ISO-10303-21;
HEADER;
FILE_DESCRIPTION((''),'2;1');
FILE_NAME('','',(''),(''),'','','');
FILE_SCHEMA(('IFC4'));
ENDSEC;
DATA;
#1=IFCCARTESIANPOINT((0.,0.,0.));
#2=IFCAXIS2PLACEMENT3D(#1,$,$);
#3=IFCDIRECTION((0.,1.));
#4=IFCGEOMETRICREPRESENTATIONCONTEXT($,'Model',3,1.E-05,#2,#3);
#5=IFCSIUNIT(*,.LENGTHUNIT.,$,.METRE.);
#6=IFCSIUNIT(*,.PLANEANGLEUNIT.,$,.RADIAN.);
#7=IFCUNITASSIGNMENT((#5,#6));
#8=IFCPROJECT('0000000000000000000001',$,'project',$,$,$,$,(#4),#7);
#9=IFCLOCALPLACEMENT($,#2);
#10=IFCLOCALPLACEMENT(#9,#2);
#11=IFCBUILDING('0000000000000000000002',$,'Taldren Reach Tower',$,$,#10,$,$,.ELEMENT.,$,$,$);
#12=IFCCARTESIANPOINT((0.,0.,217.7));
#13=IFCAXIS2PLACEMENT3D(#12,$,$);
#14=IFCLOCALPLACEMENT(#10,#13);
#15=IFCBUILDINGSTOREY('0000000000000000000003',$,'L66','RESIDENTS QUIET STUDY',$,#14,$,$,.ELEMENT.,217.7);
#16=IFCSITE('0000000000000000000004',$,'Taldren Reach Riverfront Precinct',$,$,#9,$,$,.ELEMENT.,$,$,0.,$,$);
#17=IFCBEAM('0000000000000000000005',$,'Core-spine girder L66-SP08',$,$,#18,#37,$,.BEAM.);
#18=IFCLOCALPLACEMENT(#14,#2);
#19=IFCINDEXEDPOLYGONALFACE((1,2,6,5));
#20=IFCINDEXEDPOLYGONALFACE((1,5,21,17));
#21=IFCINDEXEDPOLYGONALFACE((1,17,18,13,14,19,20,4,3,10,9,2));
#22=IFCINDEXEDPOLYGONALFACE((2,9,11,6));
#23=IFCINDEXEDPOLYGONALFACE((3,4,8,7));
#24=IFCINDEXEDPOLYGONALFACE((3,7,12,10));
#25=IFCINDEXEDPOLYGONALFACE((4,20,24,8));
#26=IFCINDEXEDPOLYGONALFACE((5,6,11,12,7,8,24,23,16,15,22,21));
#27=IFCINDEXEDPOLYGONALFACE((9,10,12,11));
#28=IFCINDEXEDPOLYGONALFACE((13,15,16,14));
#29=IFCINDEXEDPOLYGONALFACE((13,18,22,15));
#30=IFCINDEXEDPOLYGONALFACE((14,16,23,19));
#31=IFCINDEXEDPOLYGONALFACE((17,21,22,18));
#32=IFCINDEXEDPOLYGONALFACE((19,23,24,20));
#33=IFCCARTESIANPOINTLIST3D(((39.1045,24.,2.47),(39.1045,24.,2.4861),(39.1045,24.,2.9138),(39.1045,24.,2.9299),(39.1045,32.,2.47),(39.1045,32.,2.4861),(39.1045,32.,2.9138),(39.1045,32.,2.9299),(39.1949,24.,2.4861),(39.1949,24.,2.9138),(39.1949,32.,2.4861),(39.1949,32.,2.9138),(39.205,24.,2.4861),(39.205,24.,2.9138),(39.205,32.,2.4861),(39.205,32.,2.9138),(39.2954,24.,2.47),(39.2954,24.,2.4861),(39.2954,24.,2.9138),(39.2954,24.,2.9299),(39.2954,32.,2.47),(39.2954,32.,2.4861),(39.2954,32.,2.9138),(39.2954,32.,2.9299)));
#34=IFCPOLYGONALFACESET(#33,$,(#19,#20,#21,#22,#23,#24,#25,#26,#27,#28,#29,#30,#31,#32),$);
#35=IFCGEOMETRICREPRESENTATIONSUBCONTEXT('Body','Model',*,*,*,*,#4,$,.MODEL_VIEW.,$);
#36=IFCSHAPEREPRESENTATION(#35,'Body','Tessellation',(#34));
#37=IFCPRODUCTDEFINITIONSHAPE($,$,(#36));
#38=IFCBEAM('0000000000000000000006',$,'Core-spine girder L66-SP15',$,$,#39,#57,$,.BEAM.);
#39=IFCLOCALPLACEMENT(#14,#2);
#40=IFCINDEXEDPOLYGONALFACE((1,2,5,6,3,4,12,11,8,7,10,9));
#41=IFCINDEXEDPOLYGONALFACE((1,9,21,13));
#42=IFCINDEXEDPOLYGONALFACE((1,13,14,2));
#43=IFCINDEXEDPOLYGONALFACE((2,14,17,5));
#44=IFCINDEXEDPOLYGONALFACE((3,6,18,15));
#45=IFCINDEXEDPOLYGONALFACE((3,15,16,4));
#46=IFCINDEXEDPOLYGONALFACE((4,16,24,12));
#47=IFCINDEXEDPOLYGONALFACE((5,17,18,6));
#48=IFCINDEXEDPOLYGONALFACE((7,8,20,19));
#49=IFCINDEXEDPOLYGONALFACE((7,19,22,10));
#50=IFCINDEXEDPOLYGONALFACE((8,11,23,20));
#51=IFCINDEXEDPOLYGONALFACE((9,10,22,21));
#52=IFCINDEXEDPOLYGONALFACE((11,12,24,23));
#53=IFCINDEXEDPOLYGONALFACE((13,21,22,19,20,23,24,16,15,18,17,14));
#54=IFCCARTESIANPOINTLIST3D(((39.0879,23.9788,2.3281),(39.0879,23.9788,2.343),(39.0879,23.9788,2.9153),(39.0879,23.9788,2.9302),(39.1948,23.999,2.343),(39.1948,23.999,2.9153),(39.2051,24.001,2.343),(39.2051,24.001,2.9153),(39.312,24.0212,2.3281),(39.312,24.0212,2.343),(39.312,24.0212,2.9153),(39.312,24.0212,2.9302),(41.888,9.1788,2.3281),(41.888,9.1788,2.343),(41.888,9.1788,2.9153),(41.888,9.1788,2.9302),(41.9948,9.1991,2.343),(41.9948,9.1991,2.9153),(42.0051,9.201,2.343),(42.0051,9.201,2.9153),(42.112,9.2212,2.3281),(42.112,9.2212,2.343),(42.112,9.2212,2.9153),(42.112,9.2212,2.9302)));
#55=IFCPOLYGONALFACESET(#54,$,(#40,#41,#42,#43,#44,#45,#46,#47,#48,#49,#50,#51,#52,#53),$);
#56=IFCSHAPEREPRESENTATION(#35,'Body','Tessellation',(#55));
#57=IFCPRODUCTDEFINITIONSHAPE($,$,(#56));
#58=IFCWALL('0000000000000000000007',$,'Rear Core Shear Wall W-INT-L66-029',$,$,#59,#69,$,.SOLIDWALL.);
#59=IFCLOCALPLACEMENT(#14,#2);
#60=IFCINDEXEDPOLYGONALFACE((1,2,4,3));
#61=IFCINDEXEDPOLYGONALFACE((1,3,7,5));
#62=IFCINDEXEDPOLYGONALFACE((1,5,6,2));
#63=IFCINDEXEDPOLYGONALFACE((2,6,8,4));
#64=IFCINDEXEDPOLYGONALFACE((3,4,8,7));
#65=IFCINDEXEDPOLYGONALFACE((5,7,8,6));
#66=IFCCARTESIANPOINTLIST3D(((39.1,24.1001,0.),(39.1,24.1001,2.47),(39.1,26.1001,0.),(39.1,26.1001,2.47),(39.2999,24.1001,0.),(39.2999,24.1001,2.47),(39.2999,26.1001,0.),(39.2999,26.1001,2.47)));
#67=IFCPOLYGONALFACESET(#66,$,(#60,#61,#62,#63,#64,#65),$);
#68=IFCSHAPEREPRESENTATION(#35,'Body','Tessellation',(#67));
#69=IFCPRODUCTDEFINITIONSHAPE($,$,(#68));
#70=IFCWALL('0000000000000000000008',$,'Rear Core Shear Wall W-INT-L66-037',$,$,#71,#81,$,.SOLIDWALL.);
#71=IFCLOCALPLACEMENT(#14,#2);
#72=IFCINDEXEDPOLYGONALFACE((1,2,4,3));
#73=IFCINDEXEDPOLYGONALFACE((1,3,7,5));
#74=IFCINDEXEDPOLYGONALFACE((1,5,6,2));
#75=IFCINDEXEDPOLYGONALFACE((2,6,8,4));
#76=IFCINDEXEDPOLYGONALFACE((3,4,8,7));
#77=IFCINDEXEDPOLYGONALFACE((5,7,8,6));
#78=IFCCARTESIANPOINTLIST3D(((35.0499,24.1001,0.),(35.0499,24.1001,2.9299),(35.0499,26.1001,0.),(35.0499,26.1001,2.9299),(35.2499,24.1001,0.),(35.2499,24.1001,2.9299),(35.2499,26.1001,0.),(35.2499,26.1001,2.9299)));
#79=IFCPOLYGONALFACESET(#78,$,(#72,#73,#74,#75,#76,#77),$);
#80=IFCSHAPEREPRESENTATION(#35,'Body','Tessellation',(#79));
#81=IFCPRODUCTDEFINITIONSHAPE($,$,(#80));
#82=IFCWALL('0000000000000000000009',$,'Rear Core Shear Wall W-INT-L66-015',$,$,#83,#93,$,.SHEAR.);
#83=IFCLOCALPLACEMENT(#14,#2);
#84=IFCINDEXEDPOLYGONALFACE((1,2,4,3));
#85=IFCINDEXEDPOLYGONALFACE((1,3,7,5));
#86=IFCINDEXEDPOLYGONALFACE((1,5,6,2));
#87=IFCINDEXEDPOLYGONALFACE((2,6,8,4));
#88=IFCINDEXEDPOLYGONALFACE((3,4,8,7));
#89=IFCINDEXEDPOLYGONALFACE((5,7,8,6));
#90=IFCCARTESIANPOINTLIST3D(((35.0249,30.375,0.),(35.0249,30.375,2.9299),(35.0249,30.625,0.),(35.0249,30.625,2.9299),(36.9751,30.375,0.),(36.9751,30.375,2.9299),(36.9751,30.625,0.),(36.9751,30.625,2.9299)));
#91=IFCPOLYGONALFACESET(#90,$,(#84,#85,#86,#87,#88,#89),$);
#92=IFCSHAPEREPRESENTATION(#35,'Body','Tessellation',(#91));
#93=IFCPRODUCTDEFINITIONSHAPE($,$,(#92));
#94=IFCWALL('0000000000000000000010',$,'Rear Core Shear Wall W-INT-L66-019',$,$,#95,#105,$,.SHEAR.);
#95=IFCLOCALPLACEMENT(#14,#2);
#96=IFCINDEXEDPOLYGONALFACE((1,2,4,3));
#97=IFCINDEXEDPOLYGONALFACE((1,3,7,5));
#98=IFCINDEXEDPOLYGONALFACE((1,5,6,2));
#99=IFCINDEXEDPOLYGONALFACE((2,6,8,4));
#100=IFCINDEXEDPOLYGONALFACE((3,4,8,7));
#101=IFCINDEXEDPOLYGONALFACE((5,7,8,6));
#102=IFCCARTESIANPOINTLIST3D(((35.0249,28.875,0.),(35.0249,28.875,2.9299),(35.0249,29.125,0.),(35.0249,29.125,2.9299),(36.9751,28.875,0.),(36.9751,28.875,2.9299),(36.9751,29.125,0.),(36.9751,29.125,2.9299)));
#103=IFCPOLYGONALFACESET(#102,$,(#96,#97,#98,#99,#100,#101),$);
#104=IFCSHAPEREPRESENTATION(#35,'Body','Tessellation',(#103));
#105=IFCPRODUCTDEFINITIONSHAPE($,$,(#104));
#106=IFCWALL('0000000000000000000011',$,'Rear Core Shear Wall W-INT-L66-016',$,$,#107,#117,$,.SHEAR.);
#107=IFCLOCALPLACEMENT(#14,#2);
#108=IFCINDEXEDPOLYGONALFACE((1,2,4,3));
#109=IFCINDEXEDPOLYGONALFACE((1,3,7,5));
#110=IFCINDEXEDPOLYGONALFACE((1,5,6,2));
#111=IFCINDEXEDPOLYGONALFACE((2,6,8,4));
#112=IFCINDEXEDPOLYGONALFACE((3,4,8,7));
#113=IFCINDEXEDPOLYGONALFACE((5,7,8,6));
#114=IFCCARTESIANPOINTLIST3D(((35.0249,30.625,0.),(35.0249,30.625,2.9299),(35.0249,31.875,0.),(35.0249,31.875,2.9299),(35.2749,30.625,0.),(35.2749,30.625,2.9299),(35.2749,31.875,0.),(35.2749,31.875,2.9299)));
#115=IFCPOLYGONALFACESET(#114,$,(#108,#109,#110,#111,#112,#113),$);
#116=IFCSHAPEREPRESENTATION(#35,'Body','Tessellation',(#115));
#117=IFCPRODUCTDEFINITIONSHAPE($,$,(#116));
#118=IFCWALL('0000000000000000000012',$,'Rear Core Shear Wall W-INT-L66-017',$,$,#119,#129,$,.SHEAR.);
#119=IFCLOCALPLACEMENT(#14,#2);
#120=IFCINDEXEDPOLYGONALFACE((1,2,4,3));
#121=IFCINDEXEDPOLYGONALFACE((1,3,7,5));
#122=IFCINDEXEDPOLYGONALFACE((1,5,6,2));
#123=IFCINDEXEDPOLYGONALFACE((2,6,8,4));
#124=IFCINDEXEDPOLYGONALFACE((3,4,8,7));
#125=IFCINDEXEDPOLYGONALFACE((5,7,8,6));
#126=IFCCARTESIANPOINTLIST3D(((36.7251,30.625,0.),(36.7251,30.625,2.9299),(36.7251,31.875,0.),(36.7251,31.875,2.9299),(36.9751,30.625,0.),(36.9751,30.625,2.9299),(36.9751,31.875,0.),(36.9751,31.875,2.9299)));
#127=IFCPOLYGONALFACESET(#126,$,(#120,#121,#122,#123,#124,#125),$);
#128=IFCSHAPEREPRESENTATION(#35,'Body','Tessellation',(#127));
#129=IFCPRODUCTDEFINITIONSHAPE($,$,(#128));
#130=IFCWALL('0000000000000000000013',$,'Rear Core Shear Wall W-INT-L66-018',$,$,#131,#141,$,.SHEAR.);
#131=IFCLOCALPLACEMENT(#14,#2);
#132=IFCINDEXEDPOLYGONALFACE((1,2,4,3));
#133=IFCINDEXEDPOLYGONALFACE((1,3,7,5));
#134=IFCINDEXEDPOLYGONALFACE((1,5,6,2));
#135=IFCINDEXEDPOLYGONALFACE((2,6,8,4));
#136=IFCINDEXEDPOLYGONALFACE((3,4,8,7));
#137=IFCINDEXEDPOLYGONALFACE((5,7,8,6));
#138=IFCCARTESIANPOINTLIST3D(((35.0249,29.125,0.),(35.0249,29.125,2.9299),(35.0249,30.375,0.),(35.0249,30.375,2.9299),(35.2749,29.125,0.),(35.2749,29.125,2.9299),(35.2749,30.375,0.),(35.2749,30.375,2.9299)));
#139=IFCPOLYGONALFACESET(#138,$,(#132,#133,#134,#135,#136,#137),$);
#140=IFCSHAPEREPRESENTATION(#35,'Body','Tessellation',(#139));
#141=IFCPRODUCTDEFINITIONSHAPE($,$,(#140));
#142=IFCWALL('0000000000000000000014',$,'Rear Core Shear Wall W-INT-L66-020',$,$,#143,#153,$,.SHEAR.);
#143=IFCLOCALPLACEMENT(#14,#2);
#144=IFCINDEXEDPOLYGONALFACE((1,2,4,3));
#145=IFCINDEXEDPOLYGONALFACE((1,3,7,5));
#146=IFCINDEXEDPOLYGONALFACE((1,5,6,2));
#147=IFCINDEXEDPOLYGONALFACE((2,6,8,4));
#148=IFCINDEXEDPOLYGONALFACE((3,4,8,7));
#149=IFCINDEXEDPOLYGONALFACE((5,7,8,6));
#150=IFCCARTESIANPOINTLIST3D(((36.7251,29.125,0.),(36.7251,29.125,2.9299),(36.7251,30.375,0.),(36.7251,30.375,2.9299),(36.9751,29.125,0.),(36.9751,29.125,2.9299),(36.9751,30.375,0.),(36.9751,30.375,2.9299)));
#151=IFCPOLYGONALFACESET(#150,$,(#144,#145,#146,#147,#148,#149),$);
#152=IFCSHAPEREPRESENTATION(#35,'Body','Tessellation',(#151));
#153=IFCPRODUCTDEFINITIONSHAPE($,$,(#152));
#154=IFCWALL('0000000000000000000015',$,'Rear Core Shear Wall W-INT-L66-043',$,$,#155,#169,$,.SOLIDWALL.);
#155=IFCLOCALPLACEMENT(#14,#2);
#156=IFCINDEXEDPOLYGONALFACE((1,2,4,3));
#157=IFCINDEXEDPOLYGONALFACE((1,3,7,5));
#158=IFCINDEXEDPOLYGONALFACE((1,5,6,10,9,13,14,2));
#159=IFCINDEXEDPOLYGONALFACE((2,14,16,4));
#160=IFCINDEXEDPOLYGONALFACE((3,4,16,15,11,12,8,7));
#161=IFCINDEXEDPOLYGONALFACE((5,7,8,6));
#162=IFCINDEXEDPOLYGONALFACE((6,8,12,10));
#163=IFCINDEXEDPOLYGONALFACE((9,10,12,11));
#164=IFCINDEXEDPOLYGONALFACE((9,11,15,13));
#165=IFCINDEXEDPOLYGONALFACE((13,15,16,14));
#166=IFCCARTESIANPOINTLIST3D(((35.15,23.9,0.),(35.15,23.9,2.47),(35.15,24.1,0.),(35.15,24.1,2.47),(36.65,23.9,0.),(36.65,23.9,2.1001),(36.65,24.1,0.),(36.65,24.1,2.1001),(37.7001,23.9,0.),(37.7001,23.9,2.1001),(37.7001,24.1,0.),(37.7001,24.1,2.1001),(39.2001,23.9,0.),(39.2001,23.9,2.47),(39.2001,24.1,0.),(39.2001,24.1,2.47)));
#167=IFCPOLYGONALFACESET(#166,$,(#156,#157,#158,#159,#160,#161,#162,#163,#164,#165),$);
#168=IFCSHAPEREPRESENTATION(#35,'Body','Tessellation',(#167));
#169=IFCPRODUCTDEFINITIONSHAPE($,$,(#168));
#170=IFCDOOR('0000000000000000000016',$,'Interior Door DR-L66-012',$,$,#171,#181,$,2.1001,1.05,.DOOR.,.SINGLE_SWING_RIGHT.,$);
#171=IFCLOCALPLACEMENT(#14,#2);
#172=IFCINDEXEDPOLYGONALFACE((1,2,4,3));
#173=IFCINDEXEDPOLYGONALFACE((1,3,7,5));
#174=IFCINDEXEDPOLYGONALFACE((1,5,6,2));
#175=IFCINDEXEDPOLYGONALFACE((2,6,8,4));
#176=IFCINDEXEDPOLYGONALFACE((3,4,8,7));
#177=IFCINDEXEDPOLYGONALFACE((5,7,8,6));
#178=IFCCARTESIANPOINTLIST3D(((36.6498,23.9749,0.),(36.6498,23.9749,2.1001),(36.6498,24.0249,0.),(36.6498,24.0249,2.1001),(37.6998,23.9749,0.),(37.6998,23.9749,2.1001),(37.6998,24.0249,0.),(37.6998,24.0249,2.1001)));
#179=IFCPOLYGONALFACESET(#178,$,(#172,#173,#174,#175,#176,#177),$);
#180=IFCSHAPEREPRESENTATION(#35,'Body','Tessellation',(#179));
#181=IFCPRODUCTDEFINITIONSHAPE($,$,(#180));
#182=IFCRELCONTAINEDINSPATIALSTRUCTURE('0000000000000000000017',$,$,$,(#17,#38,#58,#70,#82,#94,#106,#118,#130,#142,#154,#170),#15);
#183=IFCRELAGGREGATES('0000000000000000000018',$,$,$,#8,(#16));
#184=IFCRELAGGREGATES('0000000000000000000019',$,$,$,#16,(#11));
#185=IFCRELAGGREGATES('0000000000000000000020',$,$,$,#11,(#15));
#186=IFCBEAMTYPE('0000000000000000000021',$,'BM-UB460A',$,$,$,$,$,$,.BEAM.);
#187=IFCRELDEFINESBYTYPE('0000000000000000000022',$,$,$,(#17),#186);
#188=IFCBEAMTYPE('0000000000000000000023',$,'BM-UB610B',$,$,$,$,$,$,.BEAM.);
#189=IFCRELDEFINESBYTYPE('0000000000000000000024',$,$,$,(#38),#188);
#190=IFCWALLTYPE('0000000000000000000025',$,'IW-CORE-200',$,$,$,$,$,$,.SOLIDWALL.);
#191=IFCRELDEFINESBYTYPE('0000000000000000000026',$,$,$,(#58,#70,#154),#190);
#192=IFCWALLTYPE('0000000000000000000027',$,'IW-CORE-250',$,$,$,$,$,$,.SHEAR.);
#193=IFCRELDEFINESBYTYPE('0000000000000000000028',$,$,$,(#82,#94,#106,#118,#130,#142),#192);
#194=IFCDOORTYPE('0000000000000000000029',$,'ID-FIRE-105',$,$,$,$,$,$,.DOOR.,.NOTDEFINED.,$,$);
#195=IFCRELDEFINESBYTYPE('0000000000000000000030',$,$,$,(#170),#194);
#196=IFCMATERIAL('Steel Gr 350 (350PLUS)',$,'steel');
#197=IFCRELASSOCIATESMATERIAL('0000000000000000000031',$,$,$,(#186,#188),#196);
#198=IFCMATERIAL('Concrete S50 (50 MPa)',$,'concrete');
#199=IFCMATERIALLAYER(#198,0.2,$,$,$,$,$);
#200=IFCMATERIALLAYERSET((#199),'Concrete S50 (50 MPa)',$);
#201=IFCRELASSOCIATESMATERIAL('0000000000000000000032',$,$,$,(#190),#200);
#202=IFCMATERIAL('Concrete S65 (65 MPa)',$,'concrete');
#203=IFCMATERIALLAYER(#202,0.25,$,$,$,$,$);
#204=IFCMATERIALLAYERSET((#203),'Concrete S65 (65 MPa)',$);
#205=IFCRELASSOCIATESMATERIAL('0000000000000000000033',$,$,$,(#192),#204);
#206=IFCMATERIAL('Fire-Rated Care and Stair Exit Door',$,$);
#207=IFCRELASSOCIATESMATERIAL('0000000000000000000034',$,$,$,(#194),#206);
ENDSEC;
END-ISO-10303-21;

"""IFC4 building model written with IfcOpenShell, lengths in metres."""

from ifc_helpers import new_model, si_unit, direction, frame, frame_2d, origin, origin_2d, place, context, subcontext, project, spatial, rectangle, i_section, extrude, source, transform, mapped, material, layer, layer_set, material_profile, profile_set, type_object, element, fill, save


model = new_model("IFC4")

# Units and contexts
model_context = context("Model", 3, precision=1e-05, world=origin(), true_north=direction((0.0, 1.0)))
body_context = subcontext(model_context, "Body", "Model", "MODEL_VIEW")
ifc_project = project(units=[si_unit("LENGTHUNIT", "METRE"), si_unit("PLANEANGLEUNIT", "RADIAN")], contexts=[model_context])

# Site, building, storey
site_placement = place(None, origin())
site = spatial("IfcSite", under=ifc_project, at=site_placement, Name="Taldren Reach Riverfront Precinct", CompositionType="ELEMENT", RefElevation=0.0)
building_placement = place(site_placement, origin())
building = spatial("IfcBuilding", under=site, at=building_placement, Name="Taldren Reach Tower", CompositionType="ELEMENT")
storey_placement = place(building_placement, frame((0.0, 0.0, 217.7)))
storey = spatial("IfcBuildingStorey", under=building, at=storey_placement, Name="L66", Description="RESIDENTS QUIET STUDY", CompositionType="ELEMENT", Elevation=217.7)

# Beams
ifc_material_1 = material(Name="Steel Gr 350 (350PLUS)", Category="steel")
ifc_material_profile_1 = material_profile(ifc_material_1, i_section(OverallWidth=0.1909, OverallDepth=0.46, WebThickness=0.01, FlangeThickness=0.0161, at=origin_2d()), Name="460UB82.1")
ifc_profile_set_1 = profile_set([ifc_material_profile_1], Name="Steel Gr 350 (350PLUS)")
beam_type_1 = type_object("IfcBeamType", Name="BM-UB460A", PredefinedType="BEAM", material=ifc_profile_set_1)
shared_shape_1 = source(origin(), body_context, "Body", "SweptSolid", [
    extrude(i_section(OverallWidth=0.1909, OverallDepth=0.46, WebThickness=0.01, FlangeThickness=0.0161, at=origin_2d()), origin(), (0.0, 0.0, 1.0), 8.0),
])
beam_1_placement = place(storey_placement, frame((39.2, 24.0, 2.7), z_axis=(0.0, 1.0, 0.0), x_axis=(-1.0, 0.0, 0.0)))
element("IfcBeam", 1, at=beam_1_placement, inside=storey, type_object=beam_type_1, Name="Core-spine girder L66-SP08", PredefinedType="BEAM", context=body_context, shape_type="MappedRepresentation", body=[
    mapped(shared_shape_1, transform((0.0, 0.0, 0.0), scale=1.0)),
])
ifc_material_profile_2 = material_profile(ifc_material_1, i_section(OverallWidth=0.228, OverallDepth=0.6021, WebThickness=0.0105, FlangeThickness=0.0149, at=origin_2d()), Name="610UB101")
ifc_profile_set_2 = profile_set([ifc_material_profile_2], Name="Steel Gr 350 (350PLUS)")
beam_type_2 = type_object("IfcBeamType", Name="BM-UB610B", PredefinedType="BEAM", material=ifc_profile_set_2)
shared_shape_2 = source(origin(), body_context, "Body", "SweptSolid", [
    extrude(i_section(OverallWidth=0.228, OverallDepth=0.6021, WebThickness=0.0105, FlangeThickness=0.0149, at=origin_2d()), origin(), (0.0, 0.0, 1.0), 15.0625),
])
beam_2_placement = place(storey_placement, frame((39.2, 24.0, 2.6292), z_axis=(0.185894, -0.98257, 0.0), x_axis=(0.98257, 0.185894, 0.0)))
element("IfcBeam", 2, at=beam_2_placement, inside=storey, type_object=beam_type_2, Name="Core-spine girder L66-SP15", PredefinedType="BEAM", context=body_context, shape_type="MappedRepresentation", body=[
    mapped(shared_shape_2, transform((0.0, 0.0, 0.0), scale=1.0)),
])

# Walls
ifc_material_2 = material(Name="Concrete S50 (50 MPa)", Category="concrete")
ifc_layer_1 = layer(ifc_material_2, 0.2)
ifc_layer_set_1 = layer_set([ifc_layer_1], Name="Concrete S50 (50 MPa)")
wall_type_1 = type_object("IfcWallType", Name="IW-CORE-200", PredefinedType="SOLIDWALL", material=ifc_layer_set_1)
shared_shape_3 = source(origin(), body_context, "Body", "SweptSolid", [
    extrude(rectangle(XDim=2.0, YDim=0.2, at=frame_2d((1.0, 0.0))), origin(), (0.0, 0.0, 1.0), 2.47),
])
wall_1_placement = place(storey_placement, frame((39.2, 24.1001, 0.0), z_axis=(0.0, 0.0, 1.0), x_axis=(0.0, 1.0, 0.0)))
element("IfcWall", 3, at=wall_1_placement, inside=storey, type_object=wall_type_1, Name="Rear Core Shear Wall W-INT-L66-029", PredefinedType="SOLIDWALL", context=body_context, shape_type="MappedRepresentation", body=[
    mapped(shared_shape_3, transform((0.0, 0.0, 0.0), scale=1.0)),
])
shared_shape_4 = source(origin(), body_context, "Body", "SweptSolid", [
    extrude(rectangle(XDim=2.0, YDim=0.2, at=frame_2d((1.0, 0.0))), origin(), (0.0, 0.0, 1.0), 2.9299),
])
wall_2_placement = place(storey_placement, frame((35.1499, 26.1001, 0.0), z_axis=(0.0, 0.0, 1.0), x_axis=(0.0, -1.0, 0.0)))
element("IfcWall", 4, at=wall_2_placement, inside=storey, type_object=wall_type_1, Name="Rear Core Shear Wall W-INT-L66-037", PredefinedType="SOLIDWALL", context=body_context, shape_type="MappedRepresentation", body=[
    mapped(shared_shape_4, transform((0.0, 0.0, 0.0), scale=1.0)),
])
ifc_material_3 = material(Name="Concrete S65 (65 MPa)", Category="concrete")
ifc_layer_2 = layer(ifc_material_3, 0.25)
ifc_layer_set_2 = layer_set([ifc_layer_2], Name="Concrete S65 (65 MPa)")
wall_type_2 = type_object("IfcWallType", Name="IW-CORE-250", PredefinedType="SHEAR", material=ifc_layer_set_2)
shared_shape_5 = source(origin(), body_context, "Body", "SweptSolid", [
    extrude(rectangle(XDim=1.9502, YDim=0.25, at=frame_2d((0.9751, 0.0))), origin(), (0.0, 0.0, 1.0), 2.9299),
])
for number, where, z_axis, x_axis, name in (
    (5, (35.0249, 30.5, 0.0), (0.0, 0.0, 1.0), (1.0, 0.0, 0.0), "Rear Core Shear Wall W-INT-L66-015"),
    (6, (35.0249, 29.0, 0.0), (0.0, 0.0, 1.0), (1.0, 0.0, 0.0), "Rear Core Shear Wall W-INT-L66-019"),
):
    element("IfcWall", number, at=place(storey_placement, frame(where, z_axis=z_axis, x_axis=x_axis)), inside=storey, type_object=wall_type_2, Name=name, PredefinedType="SHEAR", context=body_context, shape_type="MappedRepresentation", body=[
        mapped(shared_shape_5, transform((0.0, 0.0, 0.0), scale=1.0)),
    ])
shared_shape_6 = source(origin(), body_context, "Body", "SweptSolid", [
    extrude(rectangle(XDim=1.25, YDim=0.25, at=frame_2d((0.625, 0.0))), origin(), (0.0, 0.0, 1.0), 2.9299),
])
for number, where, z_axis, x_axis, name in (
    (7, (35.1499, 31.875, 0.0), (0.0, 0.0, 1.0), (0.0, -1.0, 0.0), "Rear Core Shear Wall W-INT-L66-016"),
    (8, (36.8501, 30.625, 0.0), (0.0, 0.0, 1.0), (0.0, 1.0, 0.0), "Rear Core Shear Wall W-INT-L66-017"),
    (9, (35.1499, 30.375, 0.0), (0.0, 0.0, 1.0), (0.0, -1.0, 0.0), "Rear Core Shear Wall W-INT-L66-018"),
    (10, (36.8501, 29.125, 0.0), (0.0, 0.0, 1.0), (0.0, 1.0, 0.0), "Rear Core Shear Wall W-INT-L66-020"),
):
    element("IfcWall", number, at=place(storey_placement, frame(where, z_axis=z_axis, x_axis=x_axis)), inside=storey, type_object=wall_type_2, Name=name, PredefinedType="SHEAR", context=body_context, shape_type="MappedRepresentation", body=[
        mapped(shared_shape_6, transform((0.0, 0.0, 0.0), scale=1.0)),
    ])

# Wall, opening, door
shared_shape_7 = source(origin(), body_context, "Body", "SweptSolid", [
    extrude(rectangle(XDim=4.05, YDim=0.2, at=frame_2d((2.0249, 0.0))), origin(), (0.0, 0.0, 1.0), 2.47),
])
wall_3_placement = place(storey_placement, frame((39.2, 24.0, 0.0), z_axis=(0.0, 0.0, 1.0), x_axis=(-1.0, 0.0, 0.0)))
wall_3 = element("IfcWall", 11, at=wall_3_placement, inside=storey, type_object=wall_type_1, Name="Rear Core Shear Wall W-INT-L66-043", PredefinedType="SOLIDWALL", context=body_context, shape_type="MappedRepresentation", body=[
    mapped(shared_shape_7, transform((0.0, 0.0, 0.0), scale=1.0)),
])
shared_shape_8 = source(origin(), body_context, "Body", "SweptSolid", [
    extrude(rectangle(XDim=1.05, YDim=2.1001, at=frame_2d((0.5249, 1.05))), frame((0.0, 0.1099, 0.0), z_axis=(0.0, -1.0, 0.0), x_axis=(1.0, 0.0, 0.0)), (0.0, 0.0, 1.0), 0.22),
])
opening_1_placement = place(wall_3_placement, frame((1.5, 0.0, 0.0)))
opening_1 = element("IfcOpeningElement", 12, at=opening_1_placement, cuts=wall_3, PredefinedType="OPENING", context=body_context, shape_type="MappedRepresentation", body=[
    mapped(shared_shape_8, transform((0.0, 0.0, 0.0), scale=1.0)),
])
ifc_material_4 = material(Name="Fire-Rated Care and Stair Exit Door")
door_type_1 = type_object("IfcDoorType", Name="ID-FIRE-105", OperationType="NOTDEFINED", PredefinedType="DOOR", material=ifc_material_4)
shared_shape_9 = source(origin(), body_context, "Body", "SweptSolid", [
    extrude(rectangle(XDim=1.05, YDim=2.1001, at=frame_2d((0.5249, 1.05))), frame((0.0, 0.0249, 0.0), z_axis=(0.0, -1.0, 0.0), x_axis=(1.0, 0.0, 0.0)), (0.0, 0.0, 1.0), 0.05),
])
door_1_placement = place(opening_1_placement, frame((1.05, 0.0, 0.0), z_axis=(0.0, 0.0, 1.0), x_axis=(-1.0, 0.0, 0.0)))
door_1 = element("IfcDoor", 13, at=door_1_placement, inside=storey, type_object=door_type_1, Name="Interior Door DR-L66-012", OperationType="SINGLE_SWING_RIGHT", OverallHeight=2.1001, OverallWidth=1.05, PredefinedType="DOOR", context=body_context, shape_type="MappedRepresentation", body=[
    mapped(shared_shape_9, transform((0.0, 0.0, 0.0), scale=1.0)),
])
fill(opening_1, door_1)

save(model, "model.ifc")
